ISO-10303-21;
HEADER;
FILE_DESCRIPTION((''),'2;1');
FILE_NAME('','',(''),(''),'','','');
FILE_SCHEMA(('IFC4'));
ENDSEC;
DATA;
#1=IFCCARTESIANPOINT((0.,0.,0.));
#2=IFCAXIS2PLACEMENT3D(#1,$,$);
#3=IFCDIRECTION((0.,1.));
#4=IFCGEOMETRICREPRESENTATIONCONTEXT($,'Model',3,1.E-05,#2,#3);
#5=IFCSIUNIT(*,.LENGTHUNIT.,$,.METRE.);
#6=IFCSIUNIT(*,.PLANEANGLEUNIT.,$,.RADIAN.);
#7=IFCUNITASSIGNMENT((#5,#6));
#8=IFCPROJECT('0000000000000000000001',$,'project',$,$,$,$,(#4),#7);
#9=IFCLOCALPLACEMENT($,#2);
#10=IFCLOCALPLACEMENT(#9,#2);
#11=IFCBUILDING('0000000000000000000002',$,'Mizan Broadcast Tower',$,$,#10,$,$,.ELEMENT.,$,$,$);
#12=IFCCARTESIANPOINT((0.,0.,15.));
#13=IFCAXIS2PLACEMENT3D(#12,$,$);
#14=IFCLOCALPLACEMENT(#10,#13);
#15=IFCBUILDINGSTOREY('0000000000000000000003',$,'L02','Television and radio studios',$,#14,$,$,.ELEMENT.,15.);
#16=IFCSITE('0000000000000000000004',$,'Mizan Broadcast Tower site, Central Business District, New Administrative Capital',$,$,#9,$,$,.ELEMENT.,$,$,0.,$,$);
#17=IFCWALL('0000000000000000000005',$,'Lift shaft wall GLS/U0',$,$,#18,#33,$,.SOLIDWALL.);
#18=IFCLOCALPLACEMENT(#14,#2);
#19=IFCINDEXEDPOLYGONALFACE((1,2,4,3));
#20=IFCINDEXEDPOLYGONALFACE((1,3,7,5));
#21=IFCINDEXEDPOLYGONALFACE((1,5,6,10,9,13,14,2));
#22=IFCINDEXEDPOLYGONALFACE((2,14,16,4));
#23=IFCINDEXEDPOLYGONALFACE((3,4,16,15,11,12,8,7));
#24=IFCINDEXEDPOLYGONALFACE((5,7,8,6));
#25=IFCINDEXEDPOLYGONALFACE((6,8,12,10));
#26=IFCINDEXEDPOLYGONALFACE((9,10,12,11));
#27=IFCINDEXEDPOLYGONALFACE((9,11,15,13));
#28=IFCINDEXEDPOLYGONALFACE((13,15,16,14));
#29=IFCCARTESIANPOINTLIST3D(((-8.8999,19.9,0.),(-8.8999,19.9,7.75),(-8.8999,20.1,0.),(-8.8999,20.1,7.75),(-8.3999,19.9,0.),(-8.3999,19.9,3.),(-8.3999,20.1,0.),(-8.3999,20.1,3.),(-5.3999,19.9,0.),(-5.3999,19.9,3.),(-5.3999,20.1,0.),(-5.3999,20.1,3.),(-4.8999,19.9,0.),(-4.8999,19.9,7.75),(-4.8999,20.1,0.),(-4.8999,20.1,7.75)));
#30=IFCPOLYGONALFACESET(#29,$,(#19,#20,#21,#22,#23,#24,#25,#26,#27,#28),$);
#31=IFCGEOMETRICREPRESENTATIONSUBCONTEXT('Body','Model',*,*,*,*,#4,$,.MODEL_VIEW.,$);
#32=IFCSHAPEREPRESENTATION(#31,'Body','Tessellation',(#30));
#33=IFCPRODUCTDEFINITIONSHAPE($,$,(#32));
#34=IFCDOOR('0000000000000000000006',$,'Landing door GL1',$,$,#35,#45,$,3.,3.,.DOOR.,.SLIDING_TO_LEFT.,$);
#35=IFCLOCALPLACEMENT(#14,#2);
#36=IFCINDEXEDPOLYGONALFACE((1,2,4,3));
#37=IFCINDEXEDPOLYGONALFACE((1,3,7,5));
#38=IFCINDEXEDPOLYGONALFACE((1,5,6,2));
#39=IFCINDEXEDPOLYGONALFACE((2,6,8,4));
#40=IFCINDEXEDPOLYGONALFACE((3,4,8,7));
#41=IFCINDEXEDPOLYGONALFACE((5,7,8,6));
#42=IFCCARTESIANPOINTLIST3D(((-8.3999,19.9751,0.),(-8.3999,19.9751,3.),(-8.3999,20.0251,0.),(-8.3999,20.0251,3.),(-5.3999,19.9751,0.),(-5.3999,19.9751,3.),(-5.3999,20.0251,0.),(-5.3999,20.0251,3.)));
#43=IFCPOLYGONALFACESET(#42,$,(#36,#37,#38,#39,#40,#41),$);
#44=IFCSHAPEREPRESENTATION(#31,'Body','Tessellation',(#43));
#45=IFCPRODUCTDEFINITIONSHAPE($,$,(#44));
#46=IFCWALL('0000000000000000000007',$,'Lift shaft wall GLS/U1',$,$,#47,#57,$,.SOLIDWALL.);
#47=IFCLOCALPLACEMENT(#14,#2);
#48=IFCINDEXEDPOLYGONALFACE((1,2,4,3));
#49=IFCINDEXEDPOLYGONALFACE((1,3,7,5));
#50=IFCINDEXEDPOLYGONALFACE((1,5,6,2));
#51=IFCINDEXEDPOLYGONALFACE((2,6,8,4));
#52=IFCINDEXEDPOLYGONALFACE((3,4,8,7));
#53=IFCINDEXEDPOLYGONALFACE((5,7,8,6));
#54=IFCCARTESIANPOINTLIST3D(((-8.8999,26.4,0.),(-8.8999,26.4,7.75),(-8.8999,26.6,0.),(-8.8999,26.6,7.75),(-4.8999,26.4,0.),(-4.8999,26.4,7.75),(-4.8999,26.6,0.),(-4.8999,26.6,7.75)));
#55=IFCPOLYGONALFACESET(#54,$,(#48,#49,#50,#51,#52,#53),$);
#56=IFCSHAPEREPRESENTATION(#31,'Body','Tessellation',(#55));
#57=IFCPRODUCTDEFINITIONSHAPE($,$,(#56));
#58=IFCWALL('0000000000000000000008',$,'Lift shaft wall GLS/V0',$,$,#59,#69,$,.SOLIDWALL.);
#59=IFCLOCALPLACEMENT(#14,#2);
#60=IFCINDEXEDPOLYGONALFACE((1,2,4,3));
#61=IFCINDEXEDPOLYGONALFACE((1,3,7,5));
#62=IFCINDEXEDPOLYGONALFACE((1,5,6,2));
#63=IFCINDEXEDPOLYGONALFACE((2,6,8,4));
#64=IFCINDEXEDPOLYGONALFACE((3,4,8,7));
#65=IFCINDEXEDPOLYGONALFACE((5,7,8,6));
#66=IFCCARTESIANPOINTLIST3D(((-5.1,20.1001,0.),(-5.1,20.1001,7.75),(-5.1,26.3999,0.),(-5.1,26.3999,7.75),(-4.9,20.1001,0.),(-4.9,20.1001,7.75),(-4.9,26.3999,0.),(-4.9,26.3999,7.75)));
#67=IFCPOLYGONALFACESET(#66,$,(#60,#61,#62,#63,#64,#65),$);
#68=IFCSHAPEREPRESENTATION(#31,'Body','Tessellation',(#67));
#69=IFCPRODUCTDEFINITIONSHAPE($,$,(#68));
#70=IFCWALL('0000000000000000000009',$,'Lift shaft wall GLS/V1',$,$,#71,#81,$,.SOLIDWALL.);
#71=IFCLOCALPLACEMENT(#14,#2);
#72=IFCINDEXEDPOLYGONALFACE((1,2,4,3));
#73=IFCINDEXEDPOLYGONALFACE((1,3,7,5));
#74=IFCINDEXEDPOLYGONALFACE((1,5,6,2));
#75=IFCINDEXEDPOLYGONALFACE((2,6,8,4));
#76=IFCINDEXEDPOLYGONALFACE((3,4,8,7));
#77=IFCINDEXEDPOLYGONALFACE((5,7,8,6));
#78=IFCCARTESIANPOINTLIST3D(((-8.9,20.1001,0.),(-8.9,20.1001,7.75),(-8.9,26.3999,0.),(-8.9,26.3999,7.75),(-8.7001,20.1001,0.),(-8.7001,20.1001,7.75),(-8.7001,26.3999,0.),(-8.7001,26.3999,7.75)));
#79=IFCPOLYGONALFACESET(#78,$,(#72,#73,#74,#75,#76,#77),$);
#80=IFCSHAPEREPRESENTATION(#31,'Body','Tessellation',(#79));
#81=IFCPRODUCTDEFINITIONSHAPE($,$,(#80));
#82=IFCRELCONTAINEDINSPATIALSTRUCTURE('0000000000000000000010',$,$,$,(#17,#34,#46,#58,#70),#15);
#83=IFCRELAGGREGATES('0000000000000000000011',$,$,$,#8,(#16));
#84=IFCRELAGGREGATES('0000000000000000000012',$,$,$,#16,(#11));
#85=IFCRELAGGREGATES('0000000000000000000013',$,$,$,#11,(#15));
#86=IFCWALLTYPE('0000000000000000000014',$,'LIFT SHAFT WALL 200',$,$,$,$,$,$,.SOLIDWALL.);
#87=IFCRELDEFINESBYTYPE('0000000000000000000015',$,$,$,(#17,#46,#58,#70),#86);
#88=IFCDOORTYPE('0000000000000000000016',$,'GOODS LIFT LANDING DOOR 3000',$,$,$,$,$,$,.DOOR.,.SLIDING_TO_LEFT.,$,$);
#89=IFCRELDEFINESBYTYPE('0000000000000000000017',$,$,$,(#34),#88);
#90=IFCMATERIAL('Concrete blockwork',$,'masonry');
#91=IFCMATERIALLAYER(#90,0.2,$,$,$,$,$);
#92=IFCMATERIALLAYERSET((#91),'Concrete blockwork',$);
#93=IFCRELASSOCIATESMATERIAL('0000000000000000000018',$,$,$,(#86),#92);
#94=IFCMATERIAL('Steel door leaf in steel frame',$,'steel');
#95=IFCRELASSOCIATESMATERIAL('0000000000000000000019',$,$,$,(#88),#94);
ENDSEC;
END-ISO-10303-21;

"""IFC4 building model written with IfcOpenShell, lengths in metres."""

from ifc_helpers import new_model, si_unit, direction, frame, frame_2d, origin, place, context, subcontext, project, spatial, rectangle, extrude, material, layer, layer_set, type_object, element, fill, save


model = new_model("IFC4")

# Units and contexts
model_context = context("Model", 3, precision=1e-05, world=origin(), true_north=direction((0.0, 1.0)))
body_context = subcontext(model_context, "Body", "Model", "MODEL_VIEW")
ifc_project = project(units=[si_unit("LENGTHUNIT", "METRE"), si_unit("PLANEANGLEUNIT", "RADIAN")], contexts=[model_context])

# Site, building, storey
site_placement = place(None, origin())
site = spatial("IfcSite", under=ifc_project, at=site_placement, Name="Mizan Broadcast Tower site, Central Business District, New Administrative Capital", CompositionType="ELEMENT", RefElevation=0.0)
building_placement = place(site_placement, origin())
building = spatial("IfcBuilding", under=site, at=building_placement, Name="Mizan Broadcast Tower", CompositionType="ELEMENT")
storey_placement = place(building_placement, frame((0.0, 0.0, 15.0)))
storey = spatial("IfcBuildingStorey", under=building, at=storey_placement, Name="L02", Description="Television and radio studios", CompositionType="ELEMENT", Elevation=15.0)

# Wall, opening, door
ifc_material_1 = material(Name="Concrete blockwork", Category="masonry")
ifc_layer_1 = layer(ifc_material_1, 0.2)
ifc_layer_set_1 = layer_set([ifc_layer_1], Name="Concrete blockwork")
wall_type = type_object("IfcWallType", Name="LIFT SHAFT WALL 200", PredefinedType="SOLIDWALL", material=ifc_layer_set_1)
wall_1_placement = place(storey_placement, frame((-4.8999, 20.0, 0.0), z_axis=(0.0, 0.0, 1.0), x_axis=(-1.0, 0.0, 0.0)))
wall_1 = element("IfcWall", 1, at=wall_1_placement, inside=storey, type_object=wall_type, Name="Lift shaft wall GLS/U0", PredefinedType="SOLIDWALL", context=body_context, shape_type="SweptSolid", body=[
    extrude(rectangle(XDim=4.0, YDim=0.2, at=frame_2d((2.0, 0.0))), origin(), (0.0, 0.0, 1.0), 7.75),
])
opening_placement = place(wall_1_placement, frame((0.5, 0.0, 0.0)))
opening = element("IfcOpeningElement", 2, at=opening_placement, cuts=wall_1, PredefinedType="OPENING", context=body_context, shape_type="SweptSolid", body=[
    extrude(rectangle(XDim=3.0, YDim=3.0, at=frame_2d((1.5, 1.5))), frame((0.0, 0.1099, 0.0), z_axis=(0.0, -1.0, 0.0), x_axis=(1.0, 0.0, 0.0)), (0.0, 0.0, 1.0), 0.22),
])
ifc_material_2 = material(Name="Steel door leaf in steel frame", Category="steel")
door_type = type_object("IfcDoorType", Name="GOODS LIFT LANDING DOOR 3000", OperationType="SLIDING_TO_LEFT", PredefinedType="DOOR", material=ifc_material_2)
door_placement = place(opening_placement, origin())
door = element("IfcDoor", 3, at=door_placement, inside=storey, type_object=door_type, Name="Landing door GL1", OperationType="SLIDING_TO_LEFT", OverallHeight=3.0, OverallWidth=3.0, PredefinedType="DOOR", context=body_context, shape_type="SweptSolid", body=[
    extrude(rectangle(XDim=3.0, YDim=3.0, at=frame_2d((1.5, 1.5))), frame((0.0, 0.0249, 0.0), z_axis=(0.0, -1.0, 0.0), x_axis=(1.0, 0.0, 0.0)), (0.0, 0.0, 1.0), 0.05),
])
fill(opening, door)

# Walls
wall_2_placement = place(storey_placement, frame((-8.8999, 26.5, 0.0), z_axis=(0.0, 0.0, 1.0), x_axis=(1.0, 0.0, 0.0)))
element("IfcWall", 4, at=wall_2_placement, inside=storey, type_object=wall_type, Name="Lift shaft wall GLS/U1", PredefinedType="SOLIDWALL", context=body_context, shape_type="SweptSolid", body=[
    extrude(rectangle(XDim=4.0, YDim=0.2, at=frame_2d((2.0, 0.0))), origin(), (0.0, 0.0, 1.0), 7.75),
])
for number, where, z_axis, x_axis, name in (
    (5, (-5.0, 20.1001, 0.0), (0.0, 0.0, 1.0), (0.0, 1.0, 0.0), "Lift shaft wall GLS/V0"),
    (6, (-8.8, 26.3999, 0.0), (0.0, 0.0, 1.0), (0.0, -1.0, 0.0), "Lift shaft wall GLS/V1"),
):
    element("IfcWall", number, at=place(storey_placement, frame(where, z_axis=z_axis, x_axis=x_axis)), inside=storey, type_object=wall_type, Name=name, PredefinedType="SOLIDWALL", context=body_context, shape_type="SweptSolid", body=[
        extrude(rectangle(XDim=6.2998, YDim=0.2, at=frame_2d((3.1499, 0.0))), origin(), (0.0, 0.0, 1.0), 7.75),
    ])

save(model, "model.ifc")
